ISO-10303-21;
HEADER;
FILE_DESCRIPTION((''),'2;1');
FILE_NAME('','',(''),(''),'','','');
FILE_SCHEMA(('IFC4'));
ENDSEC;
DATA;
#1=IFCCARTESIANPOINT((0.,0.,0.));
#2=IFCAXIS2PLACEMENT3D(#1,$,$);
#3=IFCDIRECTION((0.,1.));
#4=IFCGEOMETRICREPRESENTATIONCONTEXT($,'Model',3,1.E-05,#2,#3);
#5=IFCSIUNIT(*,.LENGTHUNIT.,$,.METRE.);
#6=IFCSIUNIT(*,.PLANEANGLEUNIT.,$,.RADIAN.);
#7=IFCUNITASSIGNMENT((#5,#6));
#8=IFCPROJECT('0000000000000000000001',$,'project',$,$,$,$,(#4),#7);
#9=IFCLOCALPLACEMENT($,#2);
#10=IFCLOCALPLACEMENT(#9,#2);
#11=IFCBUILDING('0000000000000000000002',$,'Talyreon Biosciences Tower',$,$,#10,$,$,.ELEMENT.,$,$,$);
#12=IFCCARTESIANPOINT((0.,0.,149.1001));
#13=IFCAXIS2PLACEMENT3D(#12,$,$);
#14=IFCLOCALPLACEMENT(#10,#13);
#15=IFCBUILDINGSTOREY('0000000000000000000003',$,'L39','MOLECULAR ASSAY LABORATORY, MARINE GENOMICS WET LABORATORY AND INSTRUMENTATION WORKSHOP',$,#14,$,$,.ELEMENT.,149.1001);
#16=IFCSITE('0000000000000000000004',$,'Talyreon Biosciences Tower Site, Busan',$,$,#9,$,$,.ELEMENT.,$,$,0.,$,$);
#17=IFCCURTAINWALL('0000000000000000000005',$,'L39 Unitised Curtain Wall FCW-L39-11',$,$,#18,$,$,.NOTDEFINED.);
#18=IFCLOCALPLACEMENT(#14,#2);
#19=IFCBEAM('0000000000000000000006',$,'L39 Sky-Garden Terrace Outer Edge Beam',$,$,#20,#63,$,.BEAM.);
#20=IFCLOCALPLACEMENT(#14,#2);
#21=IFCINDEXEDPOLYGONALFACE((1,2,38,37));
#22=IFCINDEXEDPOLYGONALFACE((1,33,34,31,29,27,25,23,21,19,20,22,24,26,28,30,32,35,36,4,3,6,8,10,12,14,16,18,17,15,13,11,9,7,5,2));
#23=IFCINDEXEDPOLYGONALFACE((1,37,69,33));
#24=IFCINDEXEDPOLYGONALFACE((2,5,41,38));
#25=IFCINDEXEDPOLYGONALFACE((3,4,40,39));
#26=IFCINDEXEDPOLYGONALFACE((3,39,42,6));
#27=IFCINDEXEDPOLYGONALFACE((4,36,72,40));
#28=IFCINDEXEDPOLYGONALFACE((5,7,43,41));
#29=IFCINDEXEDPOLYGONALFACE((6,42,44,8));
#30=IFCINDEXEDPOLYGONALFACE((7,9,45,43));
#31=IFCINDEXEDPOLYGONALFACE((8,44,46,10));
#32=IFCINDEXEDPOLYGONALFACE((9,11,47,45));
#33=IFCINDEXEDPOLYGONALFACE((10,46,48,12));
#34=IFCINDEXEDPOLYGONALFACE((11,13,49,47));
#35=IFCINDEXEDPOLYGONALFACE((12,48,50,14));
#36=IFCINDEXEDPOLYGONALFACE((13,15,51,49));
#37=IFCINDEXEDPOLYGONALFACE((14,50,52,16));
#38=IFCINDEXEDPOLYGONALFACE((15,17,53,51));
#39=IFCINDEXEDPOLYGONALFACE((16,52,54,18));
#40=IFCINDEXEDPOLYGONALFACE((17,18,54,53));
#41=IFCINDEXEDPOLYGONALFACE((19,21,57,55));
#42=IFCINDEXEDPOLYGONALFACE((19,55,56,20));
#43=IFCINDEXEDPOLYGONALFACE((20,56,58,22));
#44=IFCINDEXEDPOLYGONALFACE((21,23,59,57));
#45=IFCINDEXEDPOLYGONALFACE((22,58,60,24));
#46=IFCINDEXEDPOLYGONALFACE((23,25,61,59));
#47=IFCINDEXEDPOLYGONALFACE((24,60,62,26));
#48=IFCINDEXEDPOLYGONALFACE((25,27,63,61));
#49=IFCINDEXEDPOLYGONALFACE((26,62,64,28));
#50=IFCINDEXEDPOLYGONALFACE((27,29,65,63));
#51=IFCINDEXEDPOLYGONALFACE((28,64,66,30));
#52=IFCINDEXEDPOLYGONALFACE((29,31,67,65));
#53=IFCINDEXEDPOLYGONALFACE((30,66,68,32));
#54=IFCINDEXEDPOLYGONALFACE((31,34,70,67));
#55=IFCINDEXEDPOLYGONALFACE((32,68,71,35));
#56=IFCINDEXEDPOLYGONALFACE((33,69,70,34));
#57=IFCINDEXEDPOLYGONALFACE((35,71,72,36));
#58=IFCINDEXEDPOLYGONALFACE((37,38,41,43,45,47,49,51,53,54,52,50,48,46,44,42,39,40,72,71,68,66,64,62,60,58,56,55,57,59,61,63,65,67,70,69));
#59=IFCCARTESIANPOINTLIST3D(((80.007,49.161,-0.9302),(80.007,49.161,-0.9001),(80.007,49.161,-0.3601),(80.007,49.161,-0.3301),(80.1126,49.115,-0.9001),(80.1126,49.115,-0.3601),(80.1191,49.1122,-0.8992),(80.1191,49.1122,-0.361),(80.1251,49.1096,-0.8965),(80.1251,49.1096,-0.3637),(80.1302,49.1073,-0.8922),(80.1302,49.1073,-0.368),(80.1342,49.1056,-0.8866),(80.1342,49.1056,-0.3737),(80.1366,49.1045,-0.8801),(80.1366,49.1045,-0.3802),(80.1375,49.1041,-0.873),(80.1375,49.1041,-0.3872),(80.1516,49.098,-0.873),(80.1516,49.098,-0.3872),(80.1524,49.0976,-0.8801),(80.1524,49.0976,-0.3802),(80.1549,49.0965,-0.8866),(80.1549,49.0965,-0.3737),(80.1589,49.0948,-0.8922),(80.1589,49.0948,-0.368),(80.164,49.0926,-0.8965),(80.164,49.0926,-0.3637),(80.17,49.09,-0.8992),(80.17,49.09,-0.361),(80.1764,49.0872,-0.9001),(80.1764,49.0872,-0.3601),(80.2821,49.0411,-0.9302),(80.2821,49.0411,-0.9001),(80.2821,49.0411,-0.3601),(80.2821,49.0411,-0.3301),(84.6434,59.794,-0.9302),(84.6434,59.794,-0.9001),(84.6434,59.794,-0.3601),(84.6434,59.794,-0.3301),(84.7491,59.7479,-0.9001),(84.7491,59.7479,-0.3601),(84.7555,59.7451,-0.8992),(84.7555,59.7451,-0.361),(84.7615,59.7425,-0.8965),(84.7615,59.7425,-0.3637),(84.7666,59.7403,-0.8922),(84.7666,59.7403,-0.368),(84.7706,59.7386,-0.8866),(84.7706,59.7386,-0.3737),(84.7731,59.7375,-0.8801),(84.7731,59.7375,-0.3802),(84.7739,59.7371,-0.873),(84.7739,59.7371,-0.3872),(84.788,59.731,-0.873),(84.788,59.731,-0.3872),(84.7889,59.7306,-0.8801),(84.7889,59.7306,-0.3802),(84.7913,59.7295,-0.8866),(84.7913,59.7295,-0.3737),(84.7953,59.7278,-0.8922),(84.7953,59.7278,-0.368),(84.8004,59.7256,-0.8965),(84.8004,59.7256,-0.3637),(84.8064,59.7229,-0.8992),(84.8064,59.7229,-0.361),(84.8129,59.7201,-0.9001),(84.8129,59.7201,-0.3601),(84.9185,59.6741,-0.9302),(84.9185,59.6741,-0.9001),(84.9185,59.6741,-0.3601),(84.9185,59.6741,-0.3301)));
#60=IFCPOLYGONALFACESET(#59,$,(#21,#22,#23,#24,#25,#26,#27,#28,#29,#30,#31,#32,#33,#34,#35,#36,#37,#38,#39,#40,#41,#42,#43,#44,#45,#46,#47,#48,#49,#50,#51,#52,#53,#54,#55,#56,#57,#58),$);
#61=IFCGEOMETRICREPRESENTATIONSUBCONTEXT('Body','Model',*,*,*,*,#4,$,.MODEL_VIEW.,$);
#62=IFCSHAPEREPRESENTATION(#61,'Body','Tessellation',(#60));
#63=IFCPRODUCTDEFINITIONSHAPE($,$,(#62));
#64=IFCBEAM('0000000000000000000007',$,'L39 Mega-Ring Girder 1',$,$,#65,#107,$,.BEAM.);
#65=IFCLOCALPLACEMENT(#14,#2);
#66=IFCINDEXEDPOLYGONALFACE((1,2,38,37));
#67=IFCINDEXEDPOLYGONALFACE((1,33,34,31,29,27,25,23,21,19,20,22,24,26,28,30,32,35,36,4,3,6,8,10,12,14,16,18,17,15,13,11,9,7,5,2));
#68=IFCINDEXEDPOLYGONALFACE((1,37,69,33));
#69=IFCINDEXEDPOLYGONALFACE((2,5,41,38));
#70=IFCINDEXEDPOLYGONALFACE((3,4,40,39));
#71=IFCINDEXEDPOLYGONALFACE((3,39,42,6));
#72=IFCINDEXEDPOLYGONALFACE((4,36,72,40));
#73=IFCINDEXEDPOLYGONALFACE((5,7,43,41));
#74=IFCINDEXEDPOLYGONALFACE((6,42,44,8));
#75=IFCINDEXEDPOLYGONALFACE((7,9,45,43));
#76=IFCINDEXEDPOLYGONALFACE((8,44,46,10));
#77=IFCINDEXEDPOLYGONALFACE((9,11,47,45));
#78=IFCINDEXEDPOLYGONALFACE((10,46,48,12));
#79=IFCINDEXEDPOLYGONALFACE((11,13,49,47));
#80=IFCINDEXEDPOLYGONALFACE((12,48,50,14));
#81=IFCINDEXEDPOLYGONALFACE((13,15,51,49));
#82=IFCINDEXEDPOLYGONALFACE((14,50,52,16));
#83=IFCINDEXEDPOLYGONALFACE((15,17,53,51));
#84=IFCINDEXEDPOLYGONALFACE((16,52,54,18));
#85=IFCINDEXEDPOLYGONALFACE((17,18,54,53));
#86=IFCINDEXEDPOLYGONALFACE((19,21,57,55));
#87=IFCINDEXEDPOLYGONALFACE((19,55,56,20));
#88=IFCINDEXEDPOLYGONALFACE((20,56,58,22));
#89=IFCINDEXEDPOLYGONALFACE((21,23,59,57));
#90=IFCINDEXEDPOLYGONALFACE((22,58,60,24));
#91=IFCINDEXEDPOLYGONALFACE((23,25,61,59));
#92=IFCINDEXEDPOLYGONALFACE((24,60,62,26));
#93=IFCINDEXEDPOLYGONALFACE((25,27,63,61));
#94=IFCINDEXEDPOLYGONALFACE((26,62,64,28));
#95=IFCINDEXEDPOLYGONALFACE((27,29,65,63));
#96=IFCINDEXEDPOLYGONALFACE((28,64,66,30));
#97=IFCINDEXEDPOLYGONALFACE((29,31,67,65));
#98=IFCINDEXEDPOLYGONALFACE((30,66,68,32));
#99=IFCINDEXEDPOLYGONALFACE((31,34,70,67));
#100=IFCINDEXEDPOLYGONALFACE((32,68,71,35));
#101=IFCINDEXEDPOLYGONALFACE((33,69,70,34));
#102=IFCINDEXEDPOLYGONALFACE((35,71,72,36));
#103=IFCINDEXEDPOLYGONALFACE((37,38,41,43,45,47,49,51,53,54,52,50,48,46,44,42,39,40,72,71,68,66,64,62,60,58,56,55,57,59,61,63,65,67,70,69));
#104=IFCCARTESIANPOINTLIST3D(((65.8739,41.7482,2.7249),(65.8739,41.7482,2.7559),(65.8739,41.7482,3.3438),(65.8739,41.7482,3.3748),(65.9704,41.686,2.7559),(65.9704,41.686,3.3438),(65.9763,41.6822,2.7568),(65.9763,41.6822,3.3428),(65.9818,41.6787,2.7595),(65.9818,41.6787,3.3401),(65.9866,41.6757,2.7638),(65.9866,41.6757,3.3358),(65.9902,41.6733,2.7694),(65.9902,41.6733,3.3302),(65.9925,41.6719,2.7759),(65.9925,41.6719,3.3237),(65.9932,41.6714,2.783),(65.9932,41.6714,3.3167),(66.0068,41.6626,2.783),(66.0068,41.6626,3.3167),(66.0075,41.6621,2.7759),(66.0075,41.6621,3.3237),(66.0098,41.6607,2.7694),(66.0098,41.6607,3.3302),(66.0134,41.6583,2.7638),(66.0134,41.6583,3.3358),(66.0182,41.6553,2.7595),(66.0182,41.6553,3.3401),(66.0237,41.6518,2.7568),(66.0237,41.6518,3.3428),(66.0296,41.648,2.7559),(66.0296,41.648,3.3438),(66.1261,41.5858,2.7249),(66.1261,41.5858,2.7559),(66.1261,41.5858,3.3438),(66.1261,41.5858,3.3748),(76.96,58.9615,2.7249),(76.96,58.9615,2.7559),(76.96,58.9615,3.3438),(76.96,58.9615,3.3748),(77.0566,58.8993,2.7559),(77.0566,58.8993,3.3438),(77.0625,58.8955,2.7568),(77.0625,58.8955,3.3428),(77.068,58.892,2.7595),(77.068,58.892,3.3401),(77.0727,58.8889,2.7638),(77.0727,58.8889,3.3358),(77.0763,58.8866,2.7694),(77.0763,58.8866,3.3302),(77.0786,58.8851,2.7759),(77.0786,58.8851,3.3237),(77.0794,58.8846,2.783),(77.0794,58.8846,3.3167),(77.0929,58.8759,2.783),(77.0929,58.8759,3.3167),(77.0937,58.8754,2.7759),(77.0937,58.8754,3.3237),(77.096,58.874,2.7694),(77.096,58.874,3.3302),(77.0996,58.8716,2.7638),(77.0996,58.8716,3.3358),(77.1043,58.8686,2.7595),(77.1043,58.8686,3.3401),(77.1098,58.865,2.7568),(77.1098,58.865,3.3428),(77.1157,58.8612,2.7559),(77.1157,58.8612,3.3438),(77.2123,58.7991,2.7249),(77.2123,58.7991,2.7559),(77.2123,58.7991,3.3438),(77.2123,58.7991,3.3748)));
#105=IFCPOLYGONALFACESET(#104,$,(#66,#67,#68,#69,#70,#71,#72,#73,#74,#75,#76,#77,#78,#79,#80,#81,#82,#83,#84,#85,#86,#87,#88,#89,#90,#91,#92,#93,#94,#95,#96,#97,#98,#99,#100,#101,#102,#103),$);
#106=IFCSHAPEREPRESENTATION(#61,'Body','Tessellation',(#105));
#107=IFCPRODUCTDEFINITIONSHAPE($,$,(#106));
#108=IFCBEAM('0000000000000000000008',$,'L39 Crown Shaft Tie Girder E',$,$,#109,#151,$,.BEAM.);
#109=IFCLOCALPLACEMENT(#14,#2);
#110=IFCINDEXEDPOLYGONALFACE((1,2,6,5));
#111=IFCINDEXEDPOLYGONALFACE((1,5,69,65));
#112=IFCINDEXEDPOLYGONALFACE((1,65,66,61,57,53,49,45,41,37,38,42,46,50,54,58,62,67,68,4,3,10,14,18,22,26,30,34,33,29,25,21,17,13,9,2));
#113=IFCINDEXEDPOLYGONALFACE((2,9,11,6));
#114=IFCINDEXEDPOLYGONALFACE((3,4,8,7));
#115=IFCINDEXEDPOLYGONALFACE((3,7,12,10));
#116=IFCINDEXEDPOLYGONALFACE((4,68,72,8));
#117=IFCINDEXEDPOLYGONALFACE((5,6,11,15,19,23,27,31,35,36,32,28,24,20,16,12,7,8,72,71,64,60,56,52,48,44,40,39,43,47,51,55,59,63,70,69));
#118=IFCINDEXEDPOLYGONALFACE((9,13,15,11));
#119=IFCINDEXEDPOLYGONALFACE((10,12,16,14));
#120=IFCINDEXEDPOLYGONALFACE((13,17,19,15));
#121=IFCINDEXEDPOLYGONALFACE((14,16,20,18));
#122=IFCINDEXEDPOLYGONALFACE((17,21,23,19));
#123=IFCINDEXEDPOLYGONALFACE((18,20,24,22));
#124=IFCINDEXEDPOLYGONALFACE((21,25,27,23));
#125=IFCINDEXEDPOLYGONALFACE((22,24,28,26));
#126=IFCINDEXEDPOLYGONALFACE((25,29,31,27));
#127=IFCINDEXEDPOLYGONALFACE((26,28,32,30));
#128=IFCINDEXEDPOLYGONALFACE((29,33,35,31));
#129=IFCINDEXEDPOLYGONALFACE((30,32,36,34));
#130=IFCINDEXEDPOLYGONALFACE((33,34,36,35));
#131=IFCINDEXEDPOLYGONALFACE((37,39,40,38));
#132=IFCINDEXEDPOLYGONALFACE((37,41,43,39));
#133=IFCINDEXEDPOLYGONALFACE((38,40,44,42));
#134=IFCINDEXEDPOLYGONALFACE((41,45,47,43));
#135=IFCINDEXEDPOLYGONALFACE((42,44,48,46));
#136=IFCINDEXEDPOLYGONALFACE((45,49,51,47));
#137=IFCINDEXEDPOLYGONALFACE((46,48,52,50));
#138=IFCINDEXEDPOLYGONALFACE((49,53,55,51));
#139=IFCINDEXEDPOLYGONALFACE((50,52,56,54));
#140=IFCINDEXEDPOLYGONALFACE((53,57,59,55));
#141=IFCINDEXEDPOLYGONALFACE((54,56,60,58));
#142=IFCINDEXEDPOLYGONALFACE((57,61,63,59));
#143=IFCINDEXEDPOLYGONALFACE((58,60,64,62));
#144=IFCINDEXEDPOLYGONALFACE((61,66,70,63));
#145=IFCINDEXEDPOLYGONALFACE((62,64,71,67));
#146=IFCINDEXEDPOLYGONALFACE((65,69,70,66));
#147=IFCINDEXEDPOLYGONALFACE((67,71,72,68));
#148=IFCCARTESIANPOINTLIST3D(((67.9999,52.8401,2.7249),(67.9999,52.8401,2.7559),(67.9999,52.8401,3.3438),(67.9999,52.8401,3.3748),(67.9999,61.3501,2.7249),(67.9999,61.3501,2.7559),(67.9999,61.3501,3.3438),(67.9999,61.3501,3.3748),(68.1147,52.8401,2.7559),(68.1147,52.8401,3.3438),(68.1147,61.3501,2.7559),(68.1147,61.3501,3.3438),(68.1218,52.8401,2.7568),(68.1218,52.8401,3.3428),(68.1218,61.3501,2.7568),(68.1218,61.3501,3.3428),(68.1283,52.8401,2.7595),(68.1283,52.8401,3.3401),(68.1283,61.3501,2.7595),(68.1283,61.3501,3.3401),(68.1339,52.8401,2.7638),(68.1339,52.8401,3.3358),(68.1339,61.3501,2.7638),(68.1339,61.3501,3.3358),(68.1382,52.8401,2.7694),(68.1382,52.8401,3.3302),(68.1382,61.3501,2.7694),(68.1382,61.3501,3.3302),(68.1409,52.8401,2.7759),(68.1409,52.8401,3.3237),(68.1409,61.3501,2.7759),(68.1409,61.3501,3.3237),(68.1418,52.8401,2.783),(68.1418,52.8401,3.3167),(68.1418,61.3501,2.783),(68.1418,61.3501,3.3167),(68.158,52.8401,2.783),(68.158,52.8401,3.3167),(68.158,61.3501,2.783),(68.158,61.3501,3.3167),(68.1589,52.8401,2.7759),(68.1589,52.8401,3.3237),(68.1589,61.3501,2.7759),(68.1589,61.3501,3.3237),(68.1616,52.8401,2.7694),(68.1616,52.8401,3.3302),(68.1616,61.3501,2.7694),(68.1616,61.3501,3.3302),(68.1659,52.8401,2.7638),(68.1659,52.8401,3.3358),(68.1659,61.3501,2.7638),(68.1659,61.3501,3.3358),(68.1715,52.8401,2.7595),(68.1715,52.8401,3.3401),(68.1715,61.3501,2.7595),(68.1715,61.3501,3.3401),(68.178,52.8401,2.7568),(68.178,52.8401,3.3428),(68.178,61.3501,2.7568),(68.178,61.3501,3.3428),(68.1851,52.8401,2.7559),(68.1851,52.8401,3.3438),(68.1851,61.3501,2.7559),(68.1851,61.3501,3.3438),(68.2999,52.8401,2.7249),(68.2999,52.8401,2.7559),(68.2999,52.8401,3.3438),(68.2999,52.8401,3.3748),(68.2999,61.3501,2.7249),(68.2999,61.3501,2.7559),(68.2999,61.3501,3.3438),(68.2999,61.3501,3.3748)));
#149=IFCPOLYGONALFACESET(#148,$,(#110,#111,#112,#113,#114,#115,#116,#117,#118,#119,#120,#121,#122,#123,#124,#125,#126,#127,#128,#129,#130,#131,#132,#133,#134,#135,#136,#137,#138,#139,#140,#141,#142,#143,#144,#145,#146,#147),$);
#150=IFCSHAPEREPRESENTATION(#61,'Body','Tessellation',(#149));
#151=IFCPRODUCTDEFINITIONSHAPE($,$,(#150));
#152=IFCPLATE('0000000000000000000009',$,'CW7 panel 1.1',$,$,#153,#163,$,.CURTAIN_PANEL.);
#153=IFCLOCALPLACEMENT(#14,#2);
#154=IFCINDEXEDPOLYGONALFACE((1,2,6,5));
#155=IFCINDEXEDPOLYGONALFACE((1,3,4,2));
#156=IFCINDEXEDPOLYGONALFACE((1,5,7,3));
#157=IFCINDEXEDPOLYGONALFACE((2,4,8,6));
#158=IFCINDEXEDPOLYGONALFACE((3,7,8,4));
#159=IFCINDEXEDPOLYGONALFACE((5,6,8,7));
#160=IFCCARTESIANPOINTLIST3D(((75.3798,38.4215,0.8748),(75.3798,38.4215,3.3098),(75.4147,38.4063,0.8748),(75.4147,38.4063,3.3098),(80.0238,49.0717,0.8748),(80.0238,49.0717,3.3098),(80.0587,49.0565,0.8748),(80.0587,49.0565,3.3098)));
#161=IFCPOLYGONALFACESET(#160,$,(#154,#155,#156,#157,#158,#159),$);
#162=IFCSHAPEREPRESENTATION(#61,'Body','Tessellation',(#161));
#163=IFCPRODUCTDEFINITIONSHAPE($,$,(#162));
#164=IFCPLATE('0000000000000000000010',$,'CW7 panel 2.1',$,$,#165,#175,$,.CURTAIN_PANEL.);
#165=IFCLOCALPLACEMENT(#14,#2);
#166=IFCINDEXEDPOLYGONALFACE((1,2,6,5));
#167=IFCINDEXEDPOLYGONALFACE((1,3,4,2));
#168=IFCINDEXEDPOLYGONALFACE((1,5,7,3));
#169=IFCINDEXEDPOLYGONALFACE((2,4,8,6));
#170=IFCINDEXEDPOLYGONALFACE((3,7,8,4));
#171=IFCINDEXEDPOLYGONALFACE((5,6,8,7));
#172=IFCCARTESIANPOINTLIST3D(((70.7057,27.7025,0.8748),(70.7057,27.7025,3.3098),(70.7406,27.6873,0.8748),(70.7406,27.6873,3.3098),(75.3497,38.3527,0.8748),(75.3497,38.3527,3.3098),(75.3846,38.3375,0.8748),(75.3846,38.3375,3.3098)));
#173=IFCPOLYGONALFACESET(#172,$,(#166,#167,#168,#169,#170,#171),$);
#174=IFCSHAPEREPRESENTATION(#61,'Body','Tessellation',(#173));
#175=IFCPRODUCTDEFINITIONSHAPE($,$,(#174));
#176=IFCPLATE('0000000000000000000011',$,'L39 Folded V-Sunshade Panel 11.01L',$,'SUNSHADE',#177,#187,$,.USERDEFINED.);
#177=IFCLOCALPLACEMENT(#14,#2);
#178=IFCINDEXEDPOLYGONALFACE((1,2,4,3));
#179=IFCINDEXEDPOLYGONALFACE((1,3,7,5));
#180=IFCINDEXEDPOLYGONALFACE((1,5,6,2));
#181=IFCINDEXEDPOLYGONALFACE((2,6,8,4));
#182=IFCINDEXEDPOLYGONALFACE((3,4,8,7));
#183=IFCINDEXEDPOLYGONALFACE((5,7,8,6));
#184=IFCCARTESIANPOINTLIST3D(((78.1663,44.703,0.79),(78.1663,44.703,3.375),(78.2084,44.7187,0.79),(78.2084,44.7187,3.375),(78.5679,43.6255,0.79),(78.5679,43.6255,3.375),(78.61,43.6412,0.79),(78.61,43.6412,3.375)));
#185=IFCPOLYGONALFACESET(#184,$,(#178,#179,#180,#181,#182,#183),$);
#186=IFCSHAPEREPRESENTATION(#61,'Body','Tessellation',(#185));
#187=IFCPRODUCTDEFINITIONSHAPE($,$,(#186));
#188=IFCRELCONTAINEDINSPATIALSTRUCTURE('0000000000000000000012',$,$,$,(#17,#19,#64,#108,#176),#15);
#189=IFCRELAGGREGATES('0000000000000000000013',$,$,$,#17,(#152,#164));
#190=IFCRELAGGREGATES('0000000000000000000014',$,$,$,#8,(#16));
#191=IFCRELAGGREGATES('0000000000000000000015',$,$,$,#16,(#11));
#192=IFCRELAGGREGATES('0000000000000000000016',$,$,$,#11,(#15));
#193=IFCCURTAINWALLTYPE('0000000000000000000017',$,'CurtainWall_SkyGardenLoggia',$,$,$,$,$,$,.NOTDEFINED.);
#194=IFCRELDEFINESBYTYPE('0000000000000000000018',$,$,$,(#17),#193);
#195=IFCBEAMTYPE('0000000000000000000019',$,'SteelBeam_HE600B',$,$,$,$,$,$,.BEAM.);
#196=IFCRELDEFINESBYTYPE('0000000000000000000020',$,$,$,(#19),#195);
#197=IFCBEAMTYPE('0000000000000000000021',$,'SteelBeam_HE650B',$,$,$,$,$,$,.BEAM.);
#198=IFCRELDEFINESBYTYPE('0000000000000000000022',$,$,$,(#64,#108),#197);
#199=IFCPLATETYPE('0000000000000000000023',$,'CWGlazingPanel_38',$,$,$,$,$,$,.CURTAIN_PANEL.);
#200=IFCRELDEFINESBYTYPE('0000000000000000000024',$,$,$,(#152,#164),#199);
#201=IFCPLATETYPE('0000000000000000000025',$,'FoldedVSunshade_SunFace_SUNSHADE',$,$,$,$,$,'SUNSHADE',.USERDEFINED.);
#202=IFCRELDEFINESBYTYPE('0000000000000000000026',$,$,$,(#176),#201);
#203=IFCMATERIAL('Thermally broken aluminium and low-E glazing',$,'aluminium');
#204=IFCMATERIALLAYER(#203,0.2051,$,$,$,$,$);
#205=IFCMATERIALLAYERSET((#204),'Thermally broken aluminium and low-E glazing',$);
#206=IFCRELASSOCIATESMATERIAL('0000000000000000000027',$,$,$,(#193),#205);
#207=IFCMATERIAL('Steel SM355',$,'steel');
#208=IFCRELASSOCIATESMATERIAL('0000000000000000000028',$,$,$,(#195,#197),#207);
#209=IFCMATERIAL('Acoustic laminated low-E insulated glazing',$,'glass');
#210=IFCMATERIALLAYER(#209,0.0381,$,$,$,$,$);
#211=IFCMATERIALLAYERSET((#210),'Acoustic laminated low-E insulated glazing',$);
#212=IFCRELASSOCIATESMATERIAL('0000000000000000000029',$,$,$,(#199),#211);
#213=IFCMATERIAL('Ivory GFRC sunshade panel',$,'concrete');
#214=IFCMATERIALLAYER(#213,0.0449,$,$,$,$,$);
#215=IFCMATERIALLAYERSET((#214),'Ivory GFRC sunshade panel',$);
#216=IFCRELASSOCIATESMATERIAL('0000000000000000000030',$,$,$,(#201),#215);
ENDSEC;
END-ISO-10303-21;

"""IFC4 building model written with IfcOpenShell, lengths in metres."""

from ifc_helpers import new_model, si_unit, direction, frame, origin, origin_2d, place, context, subcontext, project, spatial, rectangle, i_section, extrude, material, layer, layer_set, material_profile, profile_set, type_object, element, aggregate, save


model = new_model("IFC4")

# Units and contexts
model_context = context("Model", 3, precision=1e-05, world=origin(), true_north=direction((0.0, 1.0)))
body_context = subcontext(model_context, "Body", "Model", "MODEL_VIEW")
ifc_project = project(units=[si_unit("LENGTHUNIT", "METRE"), si_unit("PLANEANGLEUNIT", "RADIAN")], contexts=[model_context])

# Site, building, storey
site_placement = place(None, origin())
site = spatial("IfcSite", under=ifc_project, at=site_placement, Name="Talyreon Biosciences Tower Site, Busan", CompositionType="ELEMENT", RefElevation=0.0)
building_placement = place(site_placement, origin())
building = spatial("IfcBuilding", under=site, at=building_placement, Name="Talyreon Biosciences Tower", CompositionType="ELEMENT")
storey_placement = place(building_placement, frame((0.0, 0.0, 149.1001)))
storey = spatial("IfcBuildingStorey", under=building, at=storey_placement, Name="L39", Description="MOLECULAR ASSAY LABORATORY, MARINE GENOMICS WET LABORATORY AND INSTRUMENTATION WORKSHOP", CompositionType="ELEMENT", Elevation=149.1001)

# Curtain wall
ifc_material_1 = material(Name="Thermally broken aluminium and low-E glazing", Category="aluminium")
ifc_layer_1 = layer(ifc_material_1, 0.2051)
ifc_layer_set_1 = layer_set([ifc_layer_1], Name="Thermally broken aluminium and low-E glazing")
curtain_wall_type = type_object("IfcCurtainWallType", Name="CurtainWall_SkyGardenLoggia", PredefinedType="NOTDEFINED", material=ifc_layer_set_1)
curtain_wall_placement = place(storey_placement, origin())
curtain_wall = element("IfcCurtainWall", 1, at=curtain_wall_placement, inside=storey, type_object=curtain_wall_type, Name="L39 Unitised Curtain Wall FCW-L39-11", PredefinedType="NOTDEFINED")

# Beams
ifc_material_2 = material(Name="Steel SM355", Category="steel")
ifc_material_profile_1 = material_profile(ifc_material_2, i_section(OverallWidth=0.3, OverallDepth=0.6001, WebThickness=0.0154, FlangeThickness=0.03, FilletRadius=0.0271, at=origin_2d()), Name="HE600B")
ifc_profile_set_1 = profile_set([ifc_material_profile_1], Name="Steel SM355")
beam_type_1 = type_object("IfcBeamType", Name="SteelBeam_HE600B", PredefinedType="BEAM", material=ifc_profile_set_1)
beam_1_placement = place(storey_placement, frame((80.1445, 49.1011, -0.6301), z_axis=(0.399698, 0.916647, 0.0), x_axis=(-0.916647, 0.399698, 0.0)))
element("IfcBeam", 2, at=beam_1_placement, inside=storey, type_object=beam_type_1, Name="L39 Sky-Garden Terrace Outer Edge Beam", PredefinedType="BEAM", context=body_context, shape_type="SweptSolid", body=[
    extrude(i_section(OverallWidth=0.3, OverallDepth=0.6001, WebThickness=0.0154, FlangeThickness=0.03, FilletRadius=0.0271, at=origin_2d()), origin(), (0.0, 0.0, 1.0), 11.5999),
])
ifc_material_profile_2 = material_profile(ifc_material_2, i_section(OverallWidth=0.3, OverallDepth=0.6499, WebThickness=0.0161, FlangeThickness=0.031, FilletRadius=0.0271, at=origin_2d()), Name="HE650B")
ifc_profile_set_2 = profile_set([ifc_material_profile_2], Name="Steel SM355")
beam_type_2 = type_object("IfcBeamType", Name="SteelBeam_HE650B", PredefinedType="BEAM", material=ifc_profile_set_2)
beam_2_placement = place(storey_placement, frame((66.0, 41.667, 3.0498), z_axis=(0.541464, 0.840724, 0.0), x_axis=(-0.840724, 0.541464, 0.0)))
element("IfcBeam", 3, at=beam_2_placement, inside=storey, type_object=beam_type_2, Name="L39 Mega-Ring Girder 1", PredefinedType="BEAM", context=body_context, shape_type="SweptSolid", body=[
    extrude(i_section(OverallWidth=0.3, OverallDepth=0.6499, WebThickness=0.0161, FlangeThickness=0.031, FilletRadius=0.0271, at=origin_2d()), origin(), (0.0, 0.0, 1.0), 20.4744),
])
beam_3_placement = place(storey_placement, frame((68.1499, 52.8401, 3.0498), z_axis=(0.0, 1.0, 0.0), x_axis=(-1.0, 0.0, 0.0)))
element("IfcBeam", 4, at=beam_3_placement, inside=storey, type_object=beam_type_2, Name="L39 Crown Shaft Tie Girder E", PredefinedType="BEAM", context=body_context, shape_type="SweptSolid", body=[
    extrude(i_section(OverallWidth=0.3, OverallDepth=0.6499, WebThickness=0.0161, FlangeThickness=0.031, FilletRadius=0.0271, at=origin_2d()), origin(), (0.0, 0.0, 1.0), 8.51),
])

# Plates
ifc_material_3 = material(Name="Acoustic laminated low-E insulated glazing", Category="glass")
ifc_layer_2 = layer(ifc_material_3, 0.0381)
ifc_layer_set_2 = layer_set([ifc_layer_2], Name="Acoustic laminated low-E insulated glazing")
plate_type_1 = type_object("IfcPlateType", Name="CWGlazingPanel_38", PredefinedType="CURTAIN_PANEL", material=ifc_layer_set_2)
plate_1_placement = place(storey_placement, frame((77.7192, 43.739, 0.8748), z_axis=(0.0, 0.0, 1.0), x_axis=(-0.399698, -0.916647, 0.0)))
plate_1 = element("IfcPlate", 5, at=plate_1_placement, type_object=plate_type_1, Name="CW7 panel 1.1", PredefinedType="CURTAIN_PANEL", context=body_context, shape_type="SweptSolid", body=[
    extrude(rectangle(XDim=11.6187, YDim=0.0381, at=origin_2d()), origin(), (0.0, 0.0, 1.0), 2.4351),
])
plate_2_placement = place(storey_placement, frame((73.0452, 33.02, 0.8748), z_axis=(0.0, 0.0, 1.0), x_axis=(-0.399698, -0.916647, 0.0)))
plate_2 = element("IfcPlate", 6, at=plate_2_placement, type_object=plate_type_1, Name="CW7 panel 2.1", PredefinedType="CURTAIN_PANEL", context=body_context, shape_type="SweptSolid", body=[
    extrude(rectangle(XDim=11.6187, YDim=0.0381, at=origin_2d()), origin(), (0.0, 0.0, 1.0), 2.4351),
])
aggregate(curtain_wall, [plate_1, plate_2])

# Plate
ifc_material_4 = material(Name="Ivory GFRC sunshade panel", Category="concrete")
ifc_layer_3 = layer(ifc_material_4, 0.0449)
ifc_layer_set_3 = layer_set([ifc_layer_3], Name="Ivory GFRC sunshade panel")
plate_type_2 = type_object("IfcPlateType", Name="FoldedVSunshade_SunFace_SUNSHADE", ElementType="SUNSHADE", PredefinedType="USERDEFINED", material=ifc_layer_set_3)
for number, where, z_axis, x_axis, name in (
    (7, (78.3882, 44.1721, 0.79), (0.0, 0.0, 1.0), (0.349243, -0.937032, 0.0), "L39 Folded V-Sunshade Panel 11.01L"),
):
    element("IfcPlate", number, at=place(storey_placement, frame(where, z_axis=z_axis, x_axis=x_axis)), inside=storey, type_object=plate_type_2, Name=name, ObjectType="SUNSHADE", PredefinedType="USERDEFINED", context=body_context, shape_type="SweptSolid", body=[
        extrude(rectangle(XDim=1.1499, YDim=0.0449, at=origin_2d()), origin(), (0.0, 0.0, 1.0), 2.585),
    ])

save(model, "model.ifc")
